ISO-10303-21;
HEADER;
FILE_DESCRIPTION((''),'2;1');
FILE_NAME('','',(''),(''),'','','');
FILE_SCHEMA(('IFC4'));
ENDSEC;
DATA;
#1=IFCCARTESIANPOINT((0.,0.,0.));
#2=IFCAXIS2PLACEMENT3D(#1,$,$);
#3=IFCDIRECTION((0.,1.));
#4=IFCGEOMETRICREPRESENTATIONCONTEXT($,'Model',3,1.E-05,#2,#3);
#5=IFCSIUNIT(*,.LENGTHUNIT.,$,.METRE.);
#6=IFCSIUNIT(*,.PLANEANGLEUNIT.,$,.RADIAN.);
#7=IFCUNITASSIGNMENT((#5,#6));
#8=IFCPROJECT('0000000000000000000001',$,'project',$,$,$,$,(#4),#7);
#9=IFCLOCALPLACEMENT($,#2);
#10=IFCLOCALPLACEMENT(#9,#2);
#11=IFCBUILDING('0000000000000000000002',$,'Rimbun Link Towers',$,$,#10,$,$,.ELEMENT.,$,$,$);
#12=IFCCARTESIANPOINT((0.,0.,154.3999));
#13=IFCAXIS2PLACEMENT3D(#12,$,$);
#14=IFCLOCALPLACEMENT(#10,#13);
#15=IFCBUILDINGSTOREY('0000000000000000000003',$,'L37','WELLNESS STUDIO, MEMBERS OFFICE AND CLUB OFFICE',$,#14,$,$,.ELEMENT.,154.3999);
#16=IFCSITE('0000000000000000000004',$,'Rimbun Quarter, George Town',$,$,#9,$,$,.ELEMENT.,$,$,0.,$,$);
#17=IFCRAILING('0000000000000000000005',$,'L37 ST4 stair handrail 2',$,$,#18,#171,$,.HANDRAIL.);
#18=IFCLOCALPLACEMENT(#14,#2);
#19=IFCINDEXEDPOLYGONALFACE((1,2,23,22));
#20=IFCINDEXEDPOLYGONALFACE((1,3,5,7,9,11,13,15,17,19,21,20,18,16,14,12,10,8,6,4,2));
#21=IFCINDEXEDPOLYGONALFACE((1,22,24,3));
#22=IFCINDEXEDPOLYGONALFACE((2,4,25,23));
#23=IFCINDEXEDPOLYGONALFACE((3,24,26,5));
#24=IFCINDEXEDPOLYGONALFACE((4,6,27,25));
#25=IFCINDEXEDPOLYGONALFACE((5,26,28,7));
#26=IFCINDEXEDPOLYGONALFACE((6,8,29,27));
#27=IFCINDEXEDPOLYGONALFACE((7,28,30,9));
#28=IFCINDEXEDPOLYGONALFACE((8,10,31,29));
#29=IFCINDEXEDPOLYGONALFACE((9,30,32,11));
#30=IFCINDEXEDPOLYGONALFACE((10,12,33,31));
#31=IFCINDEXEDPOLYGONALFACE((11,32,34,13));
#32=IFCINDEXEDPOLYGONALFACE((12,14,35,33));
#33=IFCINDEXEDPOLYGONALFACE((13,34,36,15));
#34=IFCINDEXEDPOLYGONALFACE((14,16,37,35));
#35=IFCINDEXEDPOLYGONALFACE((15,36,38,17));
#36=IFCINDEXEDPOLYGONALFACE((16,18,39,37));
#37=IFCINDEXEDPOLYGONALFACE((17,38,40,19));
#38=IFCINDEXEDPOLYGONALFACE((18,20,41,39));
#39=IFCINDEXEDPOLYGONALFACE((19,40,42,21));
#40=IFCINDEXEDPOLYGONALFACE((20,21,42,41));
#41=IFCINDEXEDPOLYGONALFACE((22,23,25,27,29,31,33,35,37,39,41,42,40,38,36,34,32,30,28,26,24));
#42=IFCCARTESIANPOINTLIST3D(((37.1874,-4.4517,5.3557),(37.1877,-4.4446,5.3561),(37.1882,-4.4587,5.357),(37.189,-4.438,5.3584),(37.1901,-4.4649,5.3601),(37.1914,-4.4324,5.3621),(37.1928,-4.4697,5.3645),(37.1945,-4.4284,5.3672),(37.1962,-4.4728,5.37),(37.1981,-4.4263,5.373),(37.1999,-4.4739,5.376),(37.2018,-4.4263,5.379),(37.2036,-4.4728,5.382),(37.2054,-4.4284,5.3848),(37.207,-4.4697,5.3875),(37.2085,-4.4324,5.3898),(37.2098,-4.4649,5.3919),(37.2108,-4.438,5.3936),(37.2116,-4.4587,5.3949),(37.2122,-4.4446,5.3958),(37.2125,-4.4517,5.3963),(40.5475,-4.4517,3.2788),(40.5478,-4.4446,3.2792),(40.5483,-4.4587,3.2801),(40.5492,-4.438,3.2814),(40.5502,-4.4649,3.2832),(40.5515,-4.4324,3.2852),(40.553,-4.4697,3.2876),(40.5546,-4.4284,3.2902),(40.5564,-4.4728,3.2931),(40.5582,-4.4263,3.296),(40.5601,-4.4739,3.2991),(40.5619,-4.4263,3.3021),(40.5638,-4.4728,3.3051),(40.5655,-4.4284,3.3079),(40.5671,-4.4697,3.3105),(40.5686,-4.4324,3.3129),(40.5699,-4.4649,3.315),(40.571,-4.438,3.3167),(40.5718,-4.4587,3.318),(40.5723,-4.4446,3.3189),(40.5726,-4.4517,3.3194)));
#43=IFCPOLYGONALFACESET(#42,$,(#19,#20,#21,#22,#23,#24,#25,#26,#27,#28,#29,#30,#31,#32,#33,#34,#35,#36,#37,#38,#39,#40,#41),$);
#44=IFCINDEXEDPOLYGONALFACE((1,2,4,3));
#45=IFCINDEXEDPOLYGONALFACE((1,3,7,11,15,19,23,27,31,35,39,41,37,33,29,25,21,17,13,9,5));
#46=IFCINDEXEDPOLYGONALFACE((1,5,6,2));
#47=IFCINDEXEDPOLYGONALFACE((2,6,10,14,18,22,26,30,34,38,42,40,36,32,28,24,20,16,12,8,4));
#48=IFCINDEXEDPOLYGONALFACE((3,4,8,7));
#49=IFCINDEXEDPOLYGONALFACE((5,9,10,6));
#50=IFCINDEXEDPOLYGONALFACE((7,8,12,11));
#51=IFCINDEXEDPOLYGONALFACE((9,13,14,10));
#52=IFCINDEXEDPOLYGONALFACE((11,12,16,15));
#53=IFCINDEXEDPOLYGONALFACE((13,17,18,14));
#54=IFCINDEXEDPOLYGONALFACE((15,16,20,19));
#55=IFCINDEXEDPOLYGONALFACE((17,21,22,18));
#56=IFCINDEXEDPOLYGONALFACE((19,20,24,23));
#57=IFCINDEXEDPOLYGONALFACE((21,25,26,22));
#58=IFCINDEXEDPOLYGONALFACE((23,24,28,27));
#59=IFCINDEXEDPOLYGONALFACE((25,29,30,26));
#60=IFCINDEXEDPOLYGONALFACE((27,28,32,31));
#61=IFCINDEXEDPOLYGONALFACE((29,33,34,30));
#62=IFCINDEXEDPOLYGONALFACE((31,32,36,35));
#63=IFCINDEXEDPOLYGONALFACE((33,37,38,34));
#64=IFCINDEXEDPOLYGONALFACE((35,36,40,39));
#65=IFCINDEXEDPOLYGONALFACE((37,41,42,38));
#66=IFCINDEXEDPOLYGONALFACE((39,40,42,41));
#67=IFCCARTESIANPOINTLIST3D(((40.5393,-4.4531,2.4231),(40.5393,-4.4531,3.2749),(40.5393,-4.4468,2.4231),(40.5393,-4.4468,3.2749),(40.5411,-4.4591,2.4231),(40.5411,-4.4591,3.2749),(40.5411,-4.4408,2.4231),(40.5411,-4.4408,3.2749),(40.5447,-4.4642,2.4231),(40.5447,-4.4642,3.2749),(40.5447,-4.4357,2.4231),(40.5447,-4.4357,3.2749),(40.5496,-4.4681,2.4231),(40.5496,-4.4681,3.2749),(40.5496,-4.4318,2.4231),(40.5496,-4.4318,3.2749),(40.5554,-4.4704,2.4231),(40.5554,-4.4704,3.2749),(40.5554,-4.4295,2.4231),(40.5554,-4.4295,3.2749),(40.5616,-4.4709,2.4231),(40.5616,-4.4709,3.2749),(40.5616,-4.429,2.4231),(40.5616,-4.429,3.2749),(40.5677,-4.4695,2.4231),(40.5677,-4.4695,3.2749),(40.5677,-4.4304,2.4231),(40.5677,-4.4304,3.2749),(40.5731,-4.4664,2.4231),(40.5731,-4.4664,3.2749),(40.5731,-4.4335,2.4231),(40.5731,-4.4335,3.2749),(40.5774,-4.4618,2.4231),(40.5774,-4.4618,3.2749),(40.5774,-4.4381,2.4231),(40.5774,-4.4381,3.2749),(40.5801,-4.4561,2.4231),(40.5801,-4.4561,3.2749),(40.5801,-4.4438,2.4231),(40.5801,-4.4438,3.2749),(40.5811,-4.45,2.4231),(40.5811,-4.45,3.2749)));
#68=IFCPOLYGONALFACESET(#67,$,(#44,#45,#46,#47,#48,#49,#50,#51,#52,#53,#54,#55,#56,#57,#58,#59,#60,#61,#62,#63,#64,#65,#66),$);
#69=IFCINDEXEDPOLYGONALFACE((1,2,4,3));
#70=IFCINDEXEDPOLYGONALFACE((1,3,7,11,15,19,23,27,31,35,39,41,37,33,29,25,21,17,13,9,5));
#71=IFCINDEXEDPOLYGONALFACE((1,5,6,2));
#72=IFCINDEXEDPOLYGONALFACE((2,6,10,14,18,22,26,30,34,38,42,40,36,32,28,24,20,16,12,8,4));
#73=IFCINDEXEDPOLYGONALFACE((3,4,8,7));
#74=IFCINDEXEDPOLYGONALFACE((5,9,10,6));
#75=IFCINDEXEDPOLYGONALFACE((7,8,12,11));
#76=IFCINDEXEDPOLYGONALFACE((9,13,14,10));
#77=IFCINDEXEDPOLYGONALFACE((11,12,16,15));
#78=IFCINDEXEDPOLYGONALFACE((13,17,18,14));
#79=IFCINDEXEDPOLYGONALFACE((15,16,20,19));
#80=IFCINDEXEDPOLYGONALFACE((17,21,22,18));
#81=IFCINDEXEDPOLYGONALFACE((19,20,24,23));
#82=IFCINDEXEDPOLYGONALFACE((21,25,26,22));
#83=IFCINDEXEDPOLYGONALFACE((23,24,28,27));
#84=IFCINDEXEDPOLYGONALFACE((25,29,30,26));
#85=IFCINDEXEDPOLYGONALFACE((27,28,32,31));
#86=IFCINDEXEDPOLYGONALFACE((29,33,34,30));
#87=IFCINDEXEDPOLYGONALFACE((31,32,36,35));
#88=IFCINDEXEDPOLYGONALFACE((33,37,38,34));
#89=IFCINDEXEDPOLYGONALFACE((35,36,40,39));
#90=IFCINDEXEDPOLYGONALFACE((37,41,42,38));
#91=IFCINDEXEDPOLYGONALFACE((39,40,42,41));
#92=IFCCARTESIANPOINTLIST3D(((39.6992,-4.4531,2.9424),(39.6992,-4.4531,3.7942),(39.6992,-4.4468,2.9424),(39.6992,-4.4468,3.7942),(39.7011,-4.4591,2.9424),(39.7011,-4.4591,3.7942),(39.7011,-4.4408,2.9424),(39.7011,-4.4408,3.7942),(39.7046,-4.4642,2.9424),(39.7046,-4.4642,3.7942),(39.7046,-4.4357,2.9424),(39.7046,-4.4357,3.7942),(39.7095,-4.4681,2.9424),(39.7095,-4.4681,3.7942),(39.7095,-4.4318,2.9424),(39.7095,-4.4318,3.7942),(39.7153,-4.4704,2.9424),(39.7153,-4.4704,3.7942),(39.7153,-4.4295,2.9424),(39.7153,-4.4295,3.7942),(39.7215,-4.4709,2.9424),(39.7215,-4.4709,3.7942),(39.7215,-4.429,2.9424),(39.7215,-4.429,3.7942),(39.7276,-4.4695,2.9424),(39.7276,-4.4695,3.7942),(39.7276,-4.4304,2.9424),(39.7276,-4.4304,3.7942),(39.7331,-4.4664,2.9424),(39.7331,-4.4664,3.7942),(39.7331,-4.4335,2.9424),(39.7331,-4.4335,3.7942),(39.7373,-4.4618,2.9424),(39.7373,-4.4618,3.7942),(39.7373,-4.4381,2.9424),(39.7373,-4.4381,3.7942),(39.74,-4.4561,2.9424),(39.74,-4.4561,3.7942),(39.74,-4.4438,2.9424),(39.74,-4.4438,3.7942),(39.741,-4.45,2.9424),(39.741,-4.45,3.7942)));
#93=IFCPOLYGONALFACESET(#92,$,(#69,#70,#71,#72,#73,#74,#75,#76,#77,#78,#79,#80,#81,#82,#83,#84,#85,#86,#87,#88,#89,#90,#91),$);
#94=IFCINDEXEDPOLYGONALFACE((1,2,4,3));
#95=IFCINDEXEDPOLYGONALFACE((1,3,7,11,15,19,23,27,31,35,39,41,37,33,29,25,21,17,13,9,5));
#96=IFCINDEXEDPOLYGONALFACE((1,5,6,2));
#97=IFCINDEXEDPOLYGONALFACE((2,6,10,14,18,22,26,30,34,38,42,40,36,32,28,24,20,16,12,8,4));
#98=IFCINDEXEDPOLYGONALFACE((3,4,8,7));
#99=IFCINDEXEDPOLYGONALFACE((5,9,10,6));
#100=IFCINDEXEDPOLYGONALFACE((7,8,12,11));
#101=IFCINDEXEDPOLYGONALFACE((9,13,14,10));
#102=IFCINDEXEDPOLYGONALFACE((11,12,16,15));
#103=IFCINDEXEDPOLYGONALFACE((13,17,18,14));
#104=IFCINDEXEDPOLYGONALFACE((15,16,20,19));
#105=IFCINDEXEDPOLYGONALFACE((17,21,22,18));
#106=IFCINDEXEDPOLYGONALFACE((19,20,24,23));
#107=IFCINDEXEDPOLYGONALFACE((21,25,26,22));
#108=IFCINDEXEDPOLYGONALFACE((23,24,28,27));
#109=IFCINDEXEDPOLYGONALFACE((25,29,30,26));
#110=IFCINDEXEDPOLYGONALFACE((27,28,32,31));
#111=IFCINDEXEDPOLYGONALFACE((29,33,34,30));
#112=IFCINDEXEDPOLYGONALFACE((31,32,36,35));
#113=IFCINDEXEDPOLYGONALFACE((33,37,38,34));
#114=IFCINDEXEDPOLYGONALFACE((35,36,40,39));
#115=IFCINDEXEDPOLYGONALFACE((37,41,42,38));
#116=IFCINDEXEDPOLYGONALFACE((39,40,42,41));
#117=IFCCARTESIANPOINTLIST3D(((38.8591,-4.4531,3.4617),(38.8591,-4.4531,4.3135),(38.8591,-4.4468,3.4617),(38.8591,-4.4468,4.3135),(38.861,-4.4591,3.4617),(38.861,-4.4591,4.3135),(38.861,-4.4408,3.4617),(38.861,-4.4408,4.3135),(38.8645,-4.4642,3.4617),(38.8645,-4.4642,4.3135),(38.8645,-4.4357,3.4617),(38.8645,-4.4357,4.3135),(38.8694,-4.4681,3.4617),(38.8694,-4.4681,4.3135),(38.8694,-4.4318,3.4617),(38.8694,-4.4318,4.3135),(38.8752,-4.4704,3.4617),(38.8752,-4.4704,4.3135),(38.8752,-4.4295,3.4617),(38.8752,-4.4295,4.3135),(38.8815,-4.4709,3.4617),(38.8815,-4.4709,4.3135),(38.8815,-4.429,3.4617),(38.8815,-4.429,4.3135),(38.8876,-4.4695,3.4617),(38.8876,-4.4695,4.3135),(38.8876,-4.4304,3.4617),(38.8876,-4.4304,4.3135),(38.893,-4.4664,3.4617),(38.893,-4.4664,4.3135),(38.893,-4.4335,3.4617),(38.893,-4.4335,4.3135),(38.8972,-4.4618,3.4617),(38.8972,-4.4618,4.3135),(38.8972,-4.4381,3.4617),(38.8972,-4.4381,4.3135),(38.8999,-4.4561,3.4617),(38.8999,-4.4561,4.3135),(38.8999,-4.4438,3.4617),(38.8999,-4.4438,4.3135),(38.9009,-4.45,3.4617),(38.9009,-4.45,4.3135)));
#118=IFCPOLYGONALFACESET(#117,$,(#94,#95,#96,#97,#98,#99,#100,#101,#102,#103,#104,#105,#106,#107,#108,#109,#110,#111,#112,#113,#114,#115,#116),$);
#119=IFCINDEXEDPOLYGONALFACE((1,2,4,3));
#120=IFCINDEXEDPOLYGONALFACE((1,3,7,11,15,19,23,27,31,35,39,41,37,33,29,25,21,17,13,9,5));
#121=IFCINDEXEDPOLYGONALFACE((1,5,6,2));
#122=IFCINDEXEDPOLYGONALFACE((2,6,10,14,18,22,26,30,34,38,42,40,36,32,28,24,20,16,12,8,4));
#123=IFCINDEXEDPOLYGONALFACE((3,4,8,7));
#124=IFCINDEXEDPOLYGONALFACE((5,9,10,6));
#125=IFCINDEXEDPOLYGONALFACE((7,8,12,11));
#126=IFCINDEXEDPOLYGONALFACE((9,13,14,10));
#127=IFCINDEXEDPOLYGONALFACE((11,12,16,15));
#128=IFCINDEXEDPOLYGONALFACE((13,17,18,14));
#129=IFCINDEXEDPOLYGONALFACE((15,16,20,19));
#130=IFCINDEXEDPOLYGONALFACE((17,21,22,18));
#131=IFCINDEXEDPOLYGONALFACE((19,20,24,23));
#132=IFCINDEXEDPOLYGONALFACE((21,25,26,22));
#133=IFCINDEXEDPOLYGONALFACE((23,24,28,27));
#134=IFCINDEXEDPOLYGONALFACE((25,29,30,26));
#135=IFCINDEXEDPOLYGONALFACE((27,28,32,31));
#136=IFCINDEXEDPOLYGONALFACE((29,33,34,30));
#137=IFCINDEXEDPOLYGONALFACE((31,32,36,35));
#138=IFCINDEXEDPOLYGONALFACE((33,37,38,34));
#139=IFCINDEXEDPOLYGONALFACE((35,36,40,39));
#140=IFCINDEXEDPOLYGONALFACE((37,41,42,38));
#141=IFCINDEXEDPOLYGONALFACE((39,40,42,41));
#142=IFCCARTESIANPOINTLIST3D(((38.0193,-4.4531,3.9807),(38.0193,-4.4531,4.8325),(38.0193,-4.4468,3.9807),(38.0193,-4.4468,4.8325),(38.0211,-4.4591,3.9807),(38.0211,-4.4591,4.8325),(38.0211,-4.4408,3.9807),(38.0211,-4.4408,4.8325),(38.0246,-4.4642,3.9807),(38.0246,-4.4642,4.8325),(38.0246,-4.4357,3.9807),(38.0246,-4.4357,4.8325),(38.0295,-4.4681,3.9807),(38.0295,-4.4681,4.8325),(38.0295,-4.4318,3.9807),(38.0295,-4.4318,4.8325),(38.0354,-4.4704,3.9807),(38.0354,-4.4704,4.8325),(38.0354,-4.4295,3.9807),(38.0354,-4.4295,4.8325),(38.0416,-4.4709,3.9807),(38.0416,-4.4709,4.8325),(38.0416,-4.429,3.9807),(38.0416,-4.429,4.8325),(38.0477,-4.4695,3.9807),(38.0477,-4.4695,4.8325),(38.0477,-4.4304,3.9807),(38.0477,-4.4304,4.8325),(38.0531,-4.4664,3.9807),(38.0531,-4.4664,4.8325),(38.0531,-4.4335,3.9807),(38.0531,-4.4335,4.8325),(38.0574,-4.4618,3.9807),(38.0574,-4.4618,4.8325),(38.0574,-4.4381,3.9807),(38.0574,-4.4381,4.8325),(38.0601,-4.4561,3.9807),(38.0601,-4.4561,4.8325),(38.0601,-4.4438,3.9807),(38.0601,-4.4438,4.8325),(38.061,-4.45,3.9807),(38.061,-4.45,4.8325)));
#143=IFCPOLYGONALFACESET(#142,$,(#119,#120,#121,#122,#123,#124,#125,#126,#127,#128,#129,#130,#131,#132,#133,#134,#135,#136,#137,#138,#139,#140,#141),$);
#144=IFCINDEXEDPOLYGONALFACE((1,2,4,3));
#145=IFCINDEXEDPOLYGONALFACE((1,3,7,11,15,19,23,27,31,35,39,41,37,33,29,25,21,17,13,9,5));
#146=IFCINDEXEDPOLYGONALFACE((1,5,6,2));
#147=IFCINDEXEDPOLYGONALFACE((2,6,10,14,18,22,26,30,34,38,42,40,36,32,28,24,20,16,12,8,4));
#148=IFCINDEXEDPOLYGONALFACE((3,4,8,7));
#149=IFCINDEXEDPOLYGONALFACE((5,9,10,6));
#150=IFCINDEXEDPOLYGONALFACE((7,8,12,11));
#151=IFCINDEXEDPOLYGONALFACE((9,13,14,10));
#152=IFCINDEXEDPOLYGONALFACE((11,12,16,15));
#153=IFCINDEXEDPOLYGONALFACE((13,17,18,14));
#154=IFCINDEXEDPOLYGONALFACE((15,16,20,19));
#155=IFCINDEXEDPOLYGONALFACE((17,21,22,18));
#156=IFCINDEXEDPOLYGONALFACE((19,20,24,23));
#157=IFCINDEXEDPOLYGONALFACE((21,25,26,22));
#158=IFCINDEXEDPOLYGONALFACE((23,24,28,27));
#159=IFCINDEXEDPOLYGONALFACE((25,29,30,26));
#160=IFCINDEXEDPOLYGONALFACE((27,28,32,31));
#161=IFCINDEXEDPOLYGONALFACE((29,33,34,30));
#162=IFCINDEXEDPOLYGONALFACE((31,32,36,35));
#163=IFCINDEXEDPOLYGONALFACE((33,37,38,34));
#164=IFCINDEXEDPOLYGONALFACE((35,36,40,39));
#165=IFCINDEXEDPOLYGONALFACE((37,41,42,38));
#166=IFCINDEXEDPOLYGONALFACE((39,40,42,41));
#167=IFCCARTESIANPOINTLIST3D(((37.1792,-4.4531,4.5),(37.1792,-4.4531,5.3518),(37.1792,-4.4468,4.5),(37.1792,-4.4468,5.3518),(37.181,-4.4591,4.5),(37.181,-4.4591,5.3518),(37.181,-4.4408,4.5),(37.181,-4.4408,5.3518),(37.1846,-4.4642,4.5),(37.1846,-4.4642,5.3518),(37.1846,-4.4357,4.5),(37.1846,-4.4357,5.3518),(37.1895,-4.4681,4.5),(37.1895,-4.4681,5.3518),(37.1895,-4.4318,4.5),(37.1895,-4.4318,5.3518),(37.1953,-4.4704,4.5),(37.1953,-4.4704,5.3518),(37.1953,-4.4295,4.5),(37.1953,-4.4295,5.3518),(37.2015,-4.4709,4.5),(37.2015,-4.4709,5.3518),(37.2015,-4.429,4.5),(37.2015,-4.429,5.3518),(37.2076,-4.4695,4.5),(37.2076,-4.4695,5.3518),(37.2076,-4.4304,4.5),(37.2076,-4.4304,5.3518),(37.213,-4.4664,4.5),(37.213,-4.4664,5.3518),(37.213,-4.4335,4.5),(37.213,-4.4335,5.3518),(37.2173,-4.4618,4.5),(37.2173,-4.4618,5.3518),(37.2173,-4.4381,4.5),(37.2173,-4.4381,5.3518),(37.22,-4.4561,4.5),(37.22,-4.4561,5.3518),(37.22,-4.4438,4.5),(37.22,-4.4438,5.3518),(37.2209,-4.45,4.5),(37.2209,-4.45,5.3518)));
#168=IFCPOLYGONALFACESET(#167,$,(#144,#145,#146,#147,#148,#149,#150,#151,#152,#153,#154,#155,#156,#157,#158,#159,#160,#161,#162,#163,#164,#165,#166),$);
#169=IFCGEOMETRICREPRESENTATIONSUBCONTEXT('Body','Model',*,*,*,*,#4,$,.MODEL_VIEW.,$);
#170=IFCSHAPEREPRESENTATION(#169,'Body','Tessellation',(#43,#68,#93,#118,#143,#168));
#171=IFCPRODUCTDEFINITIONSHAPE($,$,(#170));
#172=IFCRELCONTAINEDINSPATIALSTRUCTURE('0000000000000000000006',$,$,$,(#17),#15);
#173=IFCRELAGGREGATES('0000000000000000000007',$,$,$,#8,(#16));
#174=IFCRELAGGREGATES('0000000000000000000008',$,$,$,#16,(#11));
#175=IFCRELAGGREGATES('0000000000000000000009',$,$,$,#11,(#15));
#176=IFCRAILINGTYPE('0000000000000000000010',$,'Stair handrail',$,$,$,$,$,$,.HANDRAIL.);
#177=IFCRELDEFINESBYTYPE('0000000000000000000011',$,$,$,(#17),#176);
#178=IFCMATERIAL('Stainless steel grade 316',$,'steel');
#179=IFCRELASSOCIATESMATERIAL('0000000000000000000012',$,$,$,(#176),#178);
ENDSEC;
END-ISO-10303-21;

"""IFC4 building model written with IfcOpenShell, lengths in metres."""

from ifc_helpers import new_model, si_unit, direction, frame, origin, origin_2d, place, context, subcontext, project, spatial, circle, extrude, material, type_object, element, save


model = new_model("IFC4")

# Units and contexts
model_context = context("Model", 3, precision=1e-05, world=origin(), true_north=direction((0.0, 1.0)))
body_context = subcontext(model_context, "Body", "Model", "MODEL_VIEW")
ifc_project = project(units=[si_unit("LENGTHUNIT", "METRE"), si_unit("PLANEANGLEUNIT", "RADIAN")], contexts=[model_context])

# Site, building, storey
site_placement = place(None, origin())
site = spatial("IfcSite", under=ifc_project, at=site_placement, Name="Rimbun Quarter, George Town", CompositionType="ELEMENT", RefElevation=0.0)
building_placement = place(site_placement, origin())
building = spatial("IfcBuilding", under=site, at=building_placement, Name="Rimbun Link Towers", CompositionType="ELEMENT")
storey_placement = place(building_placement, frame((0.0, 0.0, 154.3999)))
storey = spatial("IfcBuildingStorey", under=building, at=storey_placement, Name="L37", Description="WELLNESS STUDIO, MEMBERS OFFICE AND CLUB OFFICE", CompositionType="ELEMENT", Elevation=154.3999)

# Railing
ifc_material_1 = material(Name="Stainless steel grade 316", Category="steel")
railing_type_1 = type_object("IfcRailingType", Name="Stair handrail", PredefinedType="HANDRAIL", material=ifc_material_1)
railing_1_placement = place(storey_placement, frame((40.5601, -4.45, 2.4231)))
element("IfcRailing", 1, at=railing_1_placement, inside=storey, type_object=railing_type_1, Name="L37 ST4 stair handrail 2", PredefinedType="HANDRAIL", context=body_context, shape_type="SweptSolid", body=[
    extrude(circle(Radius=0.0239, at=origin_2d()), frame((0.0, 0.0, 0.876), z_axis=(-0.850623, 0.0, 0.525776), x_axis=(0.0, -1.0, 0.0)), (0.0, 0.0, 1.0), 3.9502),
    extrude(circle(Radius=0.021, at=origin_2d()), origin(), (0.0, 0.0, 1.0), 0.8518),
    extrude(circle(Radius=0.021, at=origin_2d()), frame((-0.8401, 0.0, 0.5193)), (0.0, 0.0, 1.0), 0.8518),
    extrude(circle(Radius=0.021, at=origin_2d()), frame((-1.6802, 0.0, 1.0386)), (0.0, 0.0, 1.0), 0.8518),
    extrude(circle(Radius=0.021, at=origin_2d()), frame((-2.52, 0.0, 1.5576)), (0.0, 0.0, 1.0), 0.8518),
    extrude(circle(Radius=0.021, at=origin_2d()), frame((-3.3601, 0.0, 2.0769)), (0.0, 0.0, 1.0), 0.8518),
])

save(model, "model.ifc")
